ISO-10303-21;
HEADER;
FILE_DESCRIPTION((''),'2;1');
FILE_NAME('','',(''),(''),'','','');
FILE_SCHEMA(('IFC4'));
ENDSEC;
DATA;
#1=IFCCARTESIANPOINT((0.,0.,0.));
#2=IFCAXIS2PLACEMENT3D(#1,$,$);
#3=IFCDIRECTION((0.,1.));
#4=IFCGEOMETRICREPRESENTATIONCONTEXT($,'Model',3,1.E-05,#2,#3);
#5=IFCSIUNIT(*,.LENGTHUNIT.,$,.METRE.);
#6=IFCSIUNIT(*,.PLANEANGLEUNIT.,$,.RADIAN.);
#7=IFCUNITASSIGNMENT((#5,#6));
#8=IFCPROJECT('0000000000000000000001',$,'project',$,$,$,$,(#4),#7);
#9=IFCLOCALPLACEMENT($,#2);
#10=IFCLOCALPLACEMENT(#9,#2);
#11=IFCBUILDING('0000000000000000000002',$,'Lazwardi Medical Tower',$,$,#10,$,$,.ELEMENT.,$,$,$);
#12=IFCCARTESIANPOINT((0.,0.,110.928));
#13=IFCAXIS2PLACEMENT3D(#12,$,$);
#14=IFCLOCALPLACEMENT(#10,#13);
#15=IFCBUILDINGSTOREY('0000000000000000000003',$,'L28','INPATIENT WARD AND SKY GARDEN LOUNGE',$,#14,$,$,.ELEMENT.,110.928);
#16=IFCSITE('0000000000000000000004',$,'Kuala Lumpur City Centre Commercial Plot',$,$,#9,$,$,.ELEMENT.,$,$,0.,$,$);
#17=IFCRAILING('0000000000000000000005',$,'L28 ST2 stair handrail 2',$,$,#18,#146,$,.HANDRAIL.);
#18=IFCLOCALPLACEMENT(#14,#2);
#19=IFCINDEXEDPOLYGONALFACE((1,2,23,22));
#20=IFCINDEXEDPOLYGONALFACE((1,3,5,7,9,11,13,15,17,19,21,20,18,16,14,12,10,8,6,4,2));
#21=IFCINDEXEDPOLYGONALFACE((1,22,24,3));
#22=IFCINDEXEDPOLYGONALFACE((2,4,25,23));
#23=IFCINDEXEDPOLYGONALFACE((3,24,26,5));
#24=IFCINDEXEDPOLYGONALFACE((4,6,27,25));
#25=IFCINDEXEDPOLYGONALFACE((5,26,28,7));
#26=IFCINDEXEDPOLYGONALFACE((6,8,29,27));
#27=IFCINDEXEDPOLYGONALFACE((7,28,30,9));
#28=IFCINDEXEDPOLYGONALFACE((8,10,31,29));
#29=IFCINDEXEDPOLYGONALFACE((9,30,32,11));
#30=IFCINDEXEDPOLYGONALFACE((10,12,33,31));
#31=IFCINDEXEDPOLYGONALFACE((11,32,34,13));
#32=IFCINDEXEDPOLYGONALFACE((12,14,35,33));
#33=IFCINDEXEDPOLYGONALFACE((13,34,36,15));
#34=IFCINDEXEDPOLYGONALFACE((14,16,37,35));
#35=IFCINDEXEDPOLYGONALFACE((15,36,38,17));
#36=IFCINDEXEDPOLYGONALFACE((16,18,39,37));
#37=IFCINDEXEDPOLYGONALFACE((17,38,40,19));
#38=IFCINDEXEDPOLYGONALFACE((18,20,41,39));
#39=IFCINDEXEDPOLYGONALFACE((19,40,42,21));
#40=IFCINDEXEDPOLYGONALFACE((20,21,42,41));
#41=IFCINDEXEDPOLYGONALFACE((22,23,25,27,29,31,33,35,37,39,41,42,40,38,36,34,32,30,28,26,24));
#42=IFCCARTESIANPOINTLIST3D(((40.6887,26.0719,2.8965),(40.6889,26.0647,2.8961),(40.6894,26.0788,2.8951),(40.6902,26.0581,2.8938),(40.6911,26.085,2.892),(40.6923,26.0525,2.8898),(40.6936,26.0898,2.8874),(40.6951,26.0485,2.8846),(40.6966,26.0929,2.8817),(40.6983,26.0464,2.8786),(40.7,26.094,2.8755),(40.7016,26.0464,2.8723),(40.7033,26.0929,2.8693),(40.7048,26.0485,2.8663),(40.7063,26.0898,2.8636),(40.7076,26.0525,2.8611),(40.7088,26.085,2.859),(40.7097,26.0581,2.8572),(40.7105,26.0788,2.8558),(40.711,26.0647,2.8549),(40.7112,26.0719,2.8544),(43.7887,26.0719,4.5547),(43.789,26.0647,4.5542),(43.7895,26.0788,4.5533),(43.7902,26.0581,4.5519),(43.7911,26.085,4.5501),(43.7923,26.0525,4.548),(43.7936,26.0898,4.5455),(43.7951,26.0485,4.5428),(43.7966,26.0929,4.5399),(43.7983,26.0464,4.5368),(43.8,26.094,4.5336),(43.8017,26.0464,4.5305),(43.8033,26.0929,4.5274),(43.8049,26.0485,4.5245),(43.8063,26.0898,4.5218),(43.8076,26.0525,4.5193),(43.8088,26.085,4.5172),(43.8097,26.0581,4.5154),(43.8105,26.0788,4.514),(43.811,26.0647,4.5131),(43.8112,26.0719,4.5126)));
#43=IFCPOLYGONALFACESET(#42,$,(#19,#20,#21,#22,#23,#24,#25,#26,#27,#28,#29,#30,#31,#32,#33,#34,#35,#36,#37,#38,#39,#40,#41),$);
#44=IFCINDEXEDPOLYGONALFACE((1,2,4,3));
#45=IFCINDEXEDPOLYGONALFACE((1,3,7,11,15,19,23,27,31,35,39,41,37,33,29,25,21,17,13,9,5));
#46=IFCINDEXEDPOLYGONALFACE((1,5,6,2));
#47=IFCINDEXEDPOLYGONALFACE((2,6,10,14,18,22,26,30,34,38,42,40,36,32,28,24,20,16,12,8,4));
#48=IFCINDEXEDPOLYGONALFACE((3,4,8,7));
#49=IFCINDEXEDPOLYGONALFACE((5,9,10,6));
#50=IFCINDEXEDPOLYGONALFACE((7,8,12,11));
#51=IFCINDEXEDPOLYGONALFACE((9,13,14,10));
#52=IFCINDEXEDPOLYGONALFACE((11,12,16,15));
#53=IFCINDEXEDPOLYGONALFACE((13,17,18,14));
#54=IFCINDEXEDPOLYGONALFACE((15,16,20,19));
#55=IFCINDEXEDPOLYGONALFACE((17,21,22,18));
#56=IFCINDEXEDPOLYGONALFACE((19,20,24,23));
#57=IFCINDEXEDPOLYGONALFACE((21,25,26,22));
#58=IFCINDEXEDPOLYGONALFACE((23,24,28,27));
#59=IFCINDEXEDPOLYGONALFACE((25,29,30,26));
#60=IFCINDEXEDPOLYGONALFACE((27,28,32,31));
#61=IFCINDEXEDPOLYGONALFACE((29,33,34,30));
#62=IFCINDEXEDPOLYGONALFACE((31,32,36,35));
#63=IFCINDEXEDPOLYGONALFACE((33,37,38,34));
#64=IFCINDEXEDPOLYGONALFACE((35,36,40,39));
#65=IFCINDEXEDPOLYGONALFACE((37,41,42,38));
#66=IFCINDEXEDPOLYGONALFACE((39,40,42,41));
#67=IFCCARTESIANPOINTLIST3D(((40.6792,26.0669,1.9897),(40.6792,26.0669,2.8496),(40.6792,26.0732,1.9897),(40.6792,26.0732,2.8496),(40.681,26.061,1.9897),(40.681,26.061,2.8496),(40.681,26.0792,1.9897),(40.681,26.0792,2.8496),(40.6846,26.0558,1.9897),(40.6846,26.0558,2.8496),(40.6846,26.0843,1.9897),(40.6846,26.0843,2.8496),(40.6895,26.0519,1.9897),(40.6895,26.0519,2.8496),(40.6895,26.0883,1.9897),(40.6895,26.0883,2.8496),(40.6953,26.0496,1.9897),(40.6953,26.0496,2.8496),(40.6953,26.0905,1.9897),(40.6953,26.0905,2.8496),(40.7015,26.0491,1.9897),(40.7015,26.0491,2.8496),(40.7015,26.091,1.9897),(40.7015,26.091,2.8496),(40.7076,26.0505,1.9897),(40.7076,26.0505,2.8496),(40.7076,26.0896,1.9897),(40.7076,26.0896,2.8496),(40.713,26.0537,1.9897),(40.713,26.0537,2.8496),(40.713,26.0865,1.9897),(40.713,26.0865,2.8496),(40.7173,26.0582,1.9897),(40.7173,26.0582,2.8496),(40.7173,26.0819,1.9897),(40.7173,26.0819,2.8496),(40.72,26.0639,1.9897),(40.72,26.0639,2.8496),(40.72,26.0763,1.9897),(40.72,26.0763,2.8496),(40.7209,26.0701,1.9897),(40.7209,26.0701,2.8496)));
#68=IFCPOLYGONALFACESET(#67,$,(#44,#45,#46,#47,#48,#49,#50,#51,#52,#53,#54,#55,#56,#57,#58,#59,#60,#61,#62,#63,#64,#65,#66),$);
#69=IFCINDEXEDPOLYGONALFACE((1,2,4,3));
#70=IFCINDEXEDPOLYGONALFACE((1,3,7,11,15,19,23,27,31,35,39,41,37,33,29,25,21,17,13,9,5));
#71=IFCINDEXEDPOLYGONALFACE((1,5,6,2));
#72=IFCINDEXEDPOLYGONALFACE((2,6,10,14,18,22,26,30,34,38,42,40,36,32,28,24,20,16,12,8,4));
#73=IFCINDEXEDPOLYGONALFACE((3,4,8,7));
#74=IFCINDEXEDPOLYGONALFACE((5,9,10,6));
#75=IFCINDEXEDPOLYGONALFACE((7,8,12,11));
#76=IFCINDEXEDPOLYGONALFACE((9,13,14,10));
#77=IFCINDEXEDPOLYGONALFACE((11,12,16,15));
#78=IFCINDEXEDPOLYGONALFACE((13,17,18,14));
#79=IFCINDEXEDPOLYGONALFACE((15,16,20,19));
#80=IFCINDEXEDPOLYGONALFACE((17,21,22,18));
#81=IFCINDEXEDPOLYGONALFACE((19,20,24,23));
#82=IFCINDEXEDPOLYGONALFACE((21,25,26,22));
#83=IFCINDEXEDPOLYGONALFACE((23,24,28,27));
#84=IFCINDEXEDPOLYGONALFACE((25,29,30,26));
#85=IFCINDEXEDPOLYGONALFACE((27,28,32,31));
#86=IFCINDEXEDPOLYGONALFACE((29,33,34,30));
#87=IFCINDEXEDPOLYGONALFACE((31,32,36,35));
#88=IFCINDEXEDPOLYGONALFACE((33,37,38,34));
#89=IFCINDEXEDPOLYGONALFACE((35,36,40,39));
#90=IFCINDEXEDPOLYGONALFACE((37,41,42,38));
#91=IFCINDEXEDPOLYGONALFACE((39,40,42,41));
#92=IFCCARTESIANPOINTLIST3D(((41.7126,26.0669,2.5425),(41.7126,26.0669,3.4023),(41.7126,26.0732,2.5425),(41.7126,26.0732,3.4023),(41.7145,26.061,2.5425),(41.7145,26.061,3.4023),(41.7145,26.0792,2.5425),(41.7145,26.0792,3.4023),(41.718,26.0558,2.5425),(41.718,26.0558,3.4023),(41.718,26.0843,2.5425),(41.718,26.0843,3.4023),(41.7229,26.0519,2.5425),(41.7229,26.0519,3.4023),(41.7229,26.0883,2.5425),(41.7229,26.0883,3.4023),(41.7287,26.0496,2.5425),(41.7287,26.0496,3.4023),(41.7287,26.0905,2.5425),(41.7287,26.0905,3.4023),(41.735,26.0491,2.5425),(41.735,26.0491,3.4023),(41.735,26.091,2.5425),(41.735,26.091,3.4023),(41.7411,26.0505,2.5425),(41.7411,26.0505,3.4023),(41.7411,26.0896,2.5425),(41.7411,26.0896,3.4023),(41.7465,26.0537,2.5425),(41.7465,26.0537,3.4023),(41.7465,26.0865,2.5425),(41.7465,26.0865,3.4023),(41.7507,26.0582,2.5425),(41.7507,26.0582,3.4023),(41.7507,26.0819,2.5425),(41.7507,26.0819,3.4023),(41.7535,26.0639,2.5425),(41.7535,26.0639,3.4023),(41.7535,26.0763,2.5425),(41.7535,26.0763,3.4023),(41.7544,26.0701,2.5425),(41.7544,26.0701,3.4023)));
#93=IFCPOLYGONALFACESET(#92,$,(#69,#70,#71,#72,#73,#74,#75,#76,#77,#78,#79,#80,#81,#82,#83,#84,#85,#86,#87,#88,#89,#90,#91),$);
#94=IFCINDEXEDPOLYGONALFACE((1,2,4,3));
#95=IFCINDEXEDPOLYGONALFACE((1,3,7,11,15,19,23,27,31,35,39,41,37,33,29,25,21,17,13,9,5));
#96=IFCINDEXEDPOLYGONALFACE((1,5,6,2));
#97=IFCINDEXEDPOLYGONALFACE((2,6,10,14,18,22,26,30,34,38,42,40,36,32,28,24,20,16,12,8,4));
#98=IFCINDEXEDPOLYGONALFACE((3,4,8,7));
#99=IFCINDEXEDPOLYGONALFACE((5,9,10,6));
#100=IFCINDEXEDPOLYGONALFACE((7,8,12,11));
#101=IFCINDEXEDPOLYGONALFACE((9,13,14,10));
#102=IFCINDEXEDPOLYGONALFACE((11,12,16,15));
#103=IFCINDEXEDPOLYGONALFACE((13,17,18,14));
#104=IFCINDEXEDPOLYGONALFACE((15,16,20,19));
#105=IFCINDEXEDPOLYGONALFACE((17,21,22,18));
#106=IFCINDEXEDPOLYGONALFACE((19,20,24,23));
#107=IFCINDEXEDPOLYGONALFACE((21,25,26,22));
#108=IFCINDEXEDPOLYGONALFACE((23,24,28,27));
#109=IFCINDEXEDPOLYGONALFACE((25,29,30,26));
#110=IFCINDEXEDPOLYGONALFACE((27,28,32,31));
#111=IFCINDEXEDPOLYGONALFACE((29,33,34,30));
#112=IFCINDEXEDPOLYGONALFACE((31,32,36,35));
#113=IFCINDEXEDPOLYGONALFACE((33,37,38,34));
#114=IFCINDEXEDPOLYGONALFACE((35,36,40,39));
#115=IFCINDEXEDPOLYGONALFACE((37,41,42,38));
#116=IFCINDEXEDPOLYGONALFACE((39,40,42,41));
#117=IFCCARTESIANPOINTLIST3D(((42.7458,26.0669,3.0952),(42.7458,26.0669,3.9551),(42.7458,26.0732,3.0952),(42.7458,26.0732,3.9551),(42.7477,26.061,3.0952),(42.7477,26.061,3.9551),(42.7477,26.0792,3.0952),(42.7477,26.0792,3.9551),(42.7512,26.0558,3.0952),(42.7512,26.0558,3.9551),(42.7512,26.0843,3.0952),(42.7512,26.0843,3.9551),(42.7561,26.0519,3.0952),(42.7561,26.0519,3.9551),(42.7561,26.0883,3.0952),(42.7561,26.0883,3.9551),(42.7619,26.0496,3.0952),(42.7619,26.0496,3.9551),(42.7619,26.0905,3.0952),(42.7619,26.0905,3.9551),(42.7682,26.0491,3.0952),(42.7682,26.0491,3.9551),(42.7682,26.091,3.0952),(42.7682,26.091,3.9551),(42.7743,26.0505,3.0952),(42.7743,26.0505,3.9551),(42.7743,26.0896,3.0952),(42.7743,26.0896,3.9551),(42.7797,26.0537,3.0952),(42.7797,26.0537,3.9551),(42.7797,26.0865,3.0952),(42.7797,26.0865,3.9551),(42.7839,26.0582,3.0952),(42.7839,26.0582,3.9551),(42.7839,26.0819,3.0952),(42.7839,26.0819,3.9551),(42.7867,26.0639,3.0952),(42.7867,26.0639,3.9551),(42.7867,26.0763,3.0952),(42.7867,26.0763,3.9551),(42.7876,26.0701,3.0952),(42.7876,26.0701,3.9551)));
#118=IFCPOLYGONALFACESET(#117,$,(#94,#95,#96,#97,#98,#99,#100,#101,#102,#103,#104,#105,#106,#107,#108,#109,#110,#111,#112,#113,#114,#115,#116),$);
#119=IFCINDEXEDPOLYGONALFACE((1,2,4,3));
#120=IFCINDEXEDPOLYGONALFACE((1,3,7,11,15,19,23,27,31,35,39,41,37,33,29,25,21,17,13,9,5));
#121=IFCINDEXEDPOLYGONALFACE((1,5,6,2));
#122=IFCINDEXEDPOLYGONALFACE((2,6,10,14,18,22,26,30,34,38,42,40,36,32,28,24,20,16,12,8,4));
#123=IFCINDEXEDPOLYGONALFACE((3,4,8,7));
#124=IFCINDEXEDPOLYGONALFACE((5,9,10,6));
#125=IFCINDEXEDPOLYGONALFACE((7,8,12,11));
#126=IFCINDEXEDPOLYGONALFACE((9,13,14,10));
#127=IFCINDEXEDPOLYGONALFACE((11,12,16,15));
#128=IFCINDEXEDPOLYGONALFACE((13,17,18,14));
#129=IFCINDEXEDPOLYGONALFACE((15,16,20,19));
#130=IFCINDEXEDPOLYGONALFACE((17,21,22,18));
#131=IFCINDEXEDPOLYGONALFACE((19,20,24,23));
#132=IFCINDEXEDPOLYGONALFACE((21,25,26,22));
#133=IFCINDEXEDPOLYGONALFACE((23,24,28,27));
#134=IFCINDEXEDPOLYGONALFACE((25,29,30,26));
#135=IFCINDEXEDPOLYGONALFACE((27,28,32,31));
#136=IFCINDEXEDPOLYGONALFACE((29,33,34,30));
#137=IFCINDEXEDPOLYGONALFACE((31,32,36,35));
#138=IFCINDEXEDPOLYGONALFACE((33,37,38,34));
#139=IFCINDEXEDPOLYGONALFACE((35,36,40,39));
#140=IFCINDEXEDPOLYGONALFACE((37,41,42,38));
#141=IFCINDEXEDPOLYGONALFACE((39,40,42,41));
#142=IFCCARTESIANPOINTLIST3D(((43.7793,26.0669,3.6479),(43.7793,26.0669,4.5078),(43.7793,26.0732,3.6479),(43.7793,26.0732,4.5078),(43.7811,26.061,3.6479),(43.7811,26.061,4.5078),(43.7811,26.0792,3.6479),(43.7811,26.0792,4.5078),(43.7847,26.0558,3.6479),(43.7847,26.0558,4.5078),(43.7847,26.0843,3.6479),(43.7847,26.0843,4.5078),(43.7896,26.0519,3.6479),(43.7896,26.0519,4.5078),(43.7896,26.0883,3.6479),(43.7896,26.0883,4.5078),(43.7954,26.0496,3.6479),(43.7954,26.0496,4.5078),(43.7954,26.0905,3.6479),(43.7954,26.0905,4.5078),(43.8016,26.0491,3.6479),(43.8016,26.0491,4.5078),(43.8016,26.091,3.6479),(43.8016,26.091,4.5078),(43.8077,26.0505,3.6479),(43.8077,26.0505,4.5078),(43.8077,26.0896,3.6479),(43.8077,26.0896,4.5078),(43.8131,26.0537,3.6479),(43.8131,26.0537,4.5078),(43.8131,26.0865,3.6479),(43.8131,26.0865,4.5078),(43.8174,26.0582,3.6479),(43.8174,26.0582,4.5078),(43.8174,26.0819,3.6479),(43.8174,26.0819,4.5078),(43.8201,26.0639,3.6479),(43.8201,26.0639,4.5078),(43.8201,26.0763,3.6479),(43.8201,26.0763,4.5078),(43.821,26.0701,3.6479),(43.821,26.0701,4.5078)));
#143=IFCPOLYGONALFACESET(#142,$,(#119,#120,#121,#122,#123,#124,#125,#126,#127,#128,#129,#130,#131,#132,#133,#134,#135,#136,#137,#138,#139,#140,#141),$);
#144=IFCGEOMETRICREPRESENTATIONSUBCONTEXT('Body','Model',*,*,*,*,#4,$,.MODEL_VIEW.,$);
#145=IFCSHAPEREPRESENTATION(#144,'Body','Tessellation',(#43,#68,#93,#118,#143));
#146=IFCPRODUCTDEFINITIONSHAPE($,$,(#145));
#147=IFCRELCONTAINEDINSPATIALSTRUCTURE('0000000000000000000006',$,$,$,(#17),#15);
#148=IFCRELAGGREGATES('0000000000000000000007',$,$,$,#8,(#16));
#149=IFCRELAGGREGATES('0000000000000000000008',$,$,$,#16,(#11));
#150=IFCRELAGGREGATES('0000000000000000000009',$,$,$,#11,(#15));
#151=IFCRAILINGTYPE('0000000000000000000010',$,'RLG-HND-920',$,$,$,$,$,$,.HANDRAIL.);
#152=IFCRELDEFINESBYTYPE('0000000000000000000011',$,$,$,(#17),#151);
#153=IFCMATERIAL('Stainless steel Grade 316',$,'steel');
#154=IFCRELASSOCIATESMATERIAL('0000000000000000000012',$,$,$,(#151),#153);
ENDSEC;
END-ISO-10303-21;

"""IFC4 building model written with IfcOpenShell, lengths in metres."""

from ifc_helpers import new_model, si_unit, direction, frame, origin, origin_2d, place, context, subcontext, project, spatial, circle, extrude, material, type_object, element, save


model = new_model("IFC4")

# Units and contexts
model_context = context("Model", 3, precision=1e-05, world=origin(), true_north=direction((0.0, 1.0)))
body_context = subcontext(model_context, "Body", "Model", "MODEL_VIEW")
ifc_project = project(units=[si_unit("LENGTHUNIT", "METRE"), si_unit("PLANEANGLEUNIT", "RADIAN")], contexts=[model_context])

# Site, building, storey
site_placement = place(None, origin())
site = spatial("IfcSite", under=ifc_project, at=site_placement, Name="Kuala Lumpur City Centre Commercial Plot", CompositionType="ELEMENT", RefElevation=0.0)
building_placement = place(site_placement, origin())
building = spatial("IfcBuilding", under=site, at=building_placement, Name="Lazwardi Medical Tower", CompositionType="ELEMENT")
storey_placement = place(building_placement, frame((0.0, 0.0, 110.928)))
storey = spatial("IfcBuildingStorey", under=building, at=storey_placement, Name="L28", Description="INPATIENT WARD AND SKY GARDEN LOUNGE", CompositionType="ELEMENT", Elevation=110.928)

# Railing
ifc_material_1 = material(Name="Stainless steel Grade 316", Category="steel")
railing_type_1 = type_object("IfcRailingType", Name="RLG-HND-920", PredefinedType="HANDRAIL", material=ifc_material_1)
railing_1_placement = place(storey_placement, frame((40.7, 26.0701, 1.9897)))
element("IfcRailing", 1, at=railing_1_placement, inside=storey, type_object=railing_type_1, Name="L28 ST2 stair handrail 2", PredefinedType="HANDRAIL", context=body_context, shape_type="SweptSolid", body=[
    extrude(circle(Radius=0.0239, at=origin_2d()), frame((0.0, 0.0, 0.8857), z_axis=(0.881783, 0.0, 0.471655), x_axis=(0.0, 1.0, 0.0)), (0.0, 0.0, 1.0), 3.5156),
    extrude(circle(Radius=0.021, at=origin_2d()), origin(), (0.0, 0.0, 1.0), 0.8599),
    extrude(circle(Radius=0.021, at=origin_2d()), frame((1.0334, 0.0, 0.5527)), (0.0, 0.0, 1.0), 0.8599),
    extrude(circle(Radius=0.021, at=origin_2d()), frame((2.0667, 0.0, 1.1055)), (0.0, 0.0, 1.0), 0.8599),
    extrude(circle(Radius=0.021, at=origin_2d()), frame((3.1001, 0.0, 1.6582)), (0.0, 0.0, 1.0), 0.8599),
])

save(model, "model.ifc")
